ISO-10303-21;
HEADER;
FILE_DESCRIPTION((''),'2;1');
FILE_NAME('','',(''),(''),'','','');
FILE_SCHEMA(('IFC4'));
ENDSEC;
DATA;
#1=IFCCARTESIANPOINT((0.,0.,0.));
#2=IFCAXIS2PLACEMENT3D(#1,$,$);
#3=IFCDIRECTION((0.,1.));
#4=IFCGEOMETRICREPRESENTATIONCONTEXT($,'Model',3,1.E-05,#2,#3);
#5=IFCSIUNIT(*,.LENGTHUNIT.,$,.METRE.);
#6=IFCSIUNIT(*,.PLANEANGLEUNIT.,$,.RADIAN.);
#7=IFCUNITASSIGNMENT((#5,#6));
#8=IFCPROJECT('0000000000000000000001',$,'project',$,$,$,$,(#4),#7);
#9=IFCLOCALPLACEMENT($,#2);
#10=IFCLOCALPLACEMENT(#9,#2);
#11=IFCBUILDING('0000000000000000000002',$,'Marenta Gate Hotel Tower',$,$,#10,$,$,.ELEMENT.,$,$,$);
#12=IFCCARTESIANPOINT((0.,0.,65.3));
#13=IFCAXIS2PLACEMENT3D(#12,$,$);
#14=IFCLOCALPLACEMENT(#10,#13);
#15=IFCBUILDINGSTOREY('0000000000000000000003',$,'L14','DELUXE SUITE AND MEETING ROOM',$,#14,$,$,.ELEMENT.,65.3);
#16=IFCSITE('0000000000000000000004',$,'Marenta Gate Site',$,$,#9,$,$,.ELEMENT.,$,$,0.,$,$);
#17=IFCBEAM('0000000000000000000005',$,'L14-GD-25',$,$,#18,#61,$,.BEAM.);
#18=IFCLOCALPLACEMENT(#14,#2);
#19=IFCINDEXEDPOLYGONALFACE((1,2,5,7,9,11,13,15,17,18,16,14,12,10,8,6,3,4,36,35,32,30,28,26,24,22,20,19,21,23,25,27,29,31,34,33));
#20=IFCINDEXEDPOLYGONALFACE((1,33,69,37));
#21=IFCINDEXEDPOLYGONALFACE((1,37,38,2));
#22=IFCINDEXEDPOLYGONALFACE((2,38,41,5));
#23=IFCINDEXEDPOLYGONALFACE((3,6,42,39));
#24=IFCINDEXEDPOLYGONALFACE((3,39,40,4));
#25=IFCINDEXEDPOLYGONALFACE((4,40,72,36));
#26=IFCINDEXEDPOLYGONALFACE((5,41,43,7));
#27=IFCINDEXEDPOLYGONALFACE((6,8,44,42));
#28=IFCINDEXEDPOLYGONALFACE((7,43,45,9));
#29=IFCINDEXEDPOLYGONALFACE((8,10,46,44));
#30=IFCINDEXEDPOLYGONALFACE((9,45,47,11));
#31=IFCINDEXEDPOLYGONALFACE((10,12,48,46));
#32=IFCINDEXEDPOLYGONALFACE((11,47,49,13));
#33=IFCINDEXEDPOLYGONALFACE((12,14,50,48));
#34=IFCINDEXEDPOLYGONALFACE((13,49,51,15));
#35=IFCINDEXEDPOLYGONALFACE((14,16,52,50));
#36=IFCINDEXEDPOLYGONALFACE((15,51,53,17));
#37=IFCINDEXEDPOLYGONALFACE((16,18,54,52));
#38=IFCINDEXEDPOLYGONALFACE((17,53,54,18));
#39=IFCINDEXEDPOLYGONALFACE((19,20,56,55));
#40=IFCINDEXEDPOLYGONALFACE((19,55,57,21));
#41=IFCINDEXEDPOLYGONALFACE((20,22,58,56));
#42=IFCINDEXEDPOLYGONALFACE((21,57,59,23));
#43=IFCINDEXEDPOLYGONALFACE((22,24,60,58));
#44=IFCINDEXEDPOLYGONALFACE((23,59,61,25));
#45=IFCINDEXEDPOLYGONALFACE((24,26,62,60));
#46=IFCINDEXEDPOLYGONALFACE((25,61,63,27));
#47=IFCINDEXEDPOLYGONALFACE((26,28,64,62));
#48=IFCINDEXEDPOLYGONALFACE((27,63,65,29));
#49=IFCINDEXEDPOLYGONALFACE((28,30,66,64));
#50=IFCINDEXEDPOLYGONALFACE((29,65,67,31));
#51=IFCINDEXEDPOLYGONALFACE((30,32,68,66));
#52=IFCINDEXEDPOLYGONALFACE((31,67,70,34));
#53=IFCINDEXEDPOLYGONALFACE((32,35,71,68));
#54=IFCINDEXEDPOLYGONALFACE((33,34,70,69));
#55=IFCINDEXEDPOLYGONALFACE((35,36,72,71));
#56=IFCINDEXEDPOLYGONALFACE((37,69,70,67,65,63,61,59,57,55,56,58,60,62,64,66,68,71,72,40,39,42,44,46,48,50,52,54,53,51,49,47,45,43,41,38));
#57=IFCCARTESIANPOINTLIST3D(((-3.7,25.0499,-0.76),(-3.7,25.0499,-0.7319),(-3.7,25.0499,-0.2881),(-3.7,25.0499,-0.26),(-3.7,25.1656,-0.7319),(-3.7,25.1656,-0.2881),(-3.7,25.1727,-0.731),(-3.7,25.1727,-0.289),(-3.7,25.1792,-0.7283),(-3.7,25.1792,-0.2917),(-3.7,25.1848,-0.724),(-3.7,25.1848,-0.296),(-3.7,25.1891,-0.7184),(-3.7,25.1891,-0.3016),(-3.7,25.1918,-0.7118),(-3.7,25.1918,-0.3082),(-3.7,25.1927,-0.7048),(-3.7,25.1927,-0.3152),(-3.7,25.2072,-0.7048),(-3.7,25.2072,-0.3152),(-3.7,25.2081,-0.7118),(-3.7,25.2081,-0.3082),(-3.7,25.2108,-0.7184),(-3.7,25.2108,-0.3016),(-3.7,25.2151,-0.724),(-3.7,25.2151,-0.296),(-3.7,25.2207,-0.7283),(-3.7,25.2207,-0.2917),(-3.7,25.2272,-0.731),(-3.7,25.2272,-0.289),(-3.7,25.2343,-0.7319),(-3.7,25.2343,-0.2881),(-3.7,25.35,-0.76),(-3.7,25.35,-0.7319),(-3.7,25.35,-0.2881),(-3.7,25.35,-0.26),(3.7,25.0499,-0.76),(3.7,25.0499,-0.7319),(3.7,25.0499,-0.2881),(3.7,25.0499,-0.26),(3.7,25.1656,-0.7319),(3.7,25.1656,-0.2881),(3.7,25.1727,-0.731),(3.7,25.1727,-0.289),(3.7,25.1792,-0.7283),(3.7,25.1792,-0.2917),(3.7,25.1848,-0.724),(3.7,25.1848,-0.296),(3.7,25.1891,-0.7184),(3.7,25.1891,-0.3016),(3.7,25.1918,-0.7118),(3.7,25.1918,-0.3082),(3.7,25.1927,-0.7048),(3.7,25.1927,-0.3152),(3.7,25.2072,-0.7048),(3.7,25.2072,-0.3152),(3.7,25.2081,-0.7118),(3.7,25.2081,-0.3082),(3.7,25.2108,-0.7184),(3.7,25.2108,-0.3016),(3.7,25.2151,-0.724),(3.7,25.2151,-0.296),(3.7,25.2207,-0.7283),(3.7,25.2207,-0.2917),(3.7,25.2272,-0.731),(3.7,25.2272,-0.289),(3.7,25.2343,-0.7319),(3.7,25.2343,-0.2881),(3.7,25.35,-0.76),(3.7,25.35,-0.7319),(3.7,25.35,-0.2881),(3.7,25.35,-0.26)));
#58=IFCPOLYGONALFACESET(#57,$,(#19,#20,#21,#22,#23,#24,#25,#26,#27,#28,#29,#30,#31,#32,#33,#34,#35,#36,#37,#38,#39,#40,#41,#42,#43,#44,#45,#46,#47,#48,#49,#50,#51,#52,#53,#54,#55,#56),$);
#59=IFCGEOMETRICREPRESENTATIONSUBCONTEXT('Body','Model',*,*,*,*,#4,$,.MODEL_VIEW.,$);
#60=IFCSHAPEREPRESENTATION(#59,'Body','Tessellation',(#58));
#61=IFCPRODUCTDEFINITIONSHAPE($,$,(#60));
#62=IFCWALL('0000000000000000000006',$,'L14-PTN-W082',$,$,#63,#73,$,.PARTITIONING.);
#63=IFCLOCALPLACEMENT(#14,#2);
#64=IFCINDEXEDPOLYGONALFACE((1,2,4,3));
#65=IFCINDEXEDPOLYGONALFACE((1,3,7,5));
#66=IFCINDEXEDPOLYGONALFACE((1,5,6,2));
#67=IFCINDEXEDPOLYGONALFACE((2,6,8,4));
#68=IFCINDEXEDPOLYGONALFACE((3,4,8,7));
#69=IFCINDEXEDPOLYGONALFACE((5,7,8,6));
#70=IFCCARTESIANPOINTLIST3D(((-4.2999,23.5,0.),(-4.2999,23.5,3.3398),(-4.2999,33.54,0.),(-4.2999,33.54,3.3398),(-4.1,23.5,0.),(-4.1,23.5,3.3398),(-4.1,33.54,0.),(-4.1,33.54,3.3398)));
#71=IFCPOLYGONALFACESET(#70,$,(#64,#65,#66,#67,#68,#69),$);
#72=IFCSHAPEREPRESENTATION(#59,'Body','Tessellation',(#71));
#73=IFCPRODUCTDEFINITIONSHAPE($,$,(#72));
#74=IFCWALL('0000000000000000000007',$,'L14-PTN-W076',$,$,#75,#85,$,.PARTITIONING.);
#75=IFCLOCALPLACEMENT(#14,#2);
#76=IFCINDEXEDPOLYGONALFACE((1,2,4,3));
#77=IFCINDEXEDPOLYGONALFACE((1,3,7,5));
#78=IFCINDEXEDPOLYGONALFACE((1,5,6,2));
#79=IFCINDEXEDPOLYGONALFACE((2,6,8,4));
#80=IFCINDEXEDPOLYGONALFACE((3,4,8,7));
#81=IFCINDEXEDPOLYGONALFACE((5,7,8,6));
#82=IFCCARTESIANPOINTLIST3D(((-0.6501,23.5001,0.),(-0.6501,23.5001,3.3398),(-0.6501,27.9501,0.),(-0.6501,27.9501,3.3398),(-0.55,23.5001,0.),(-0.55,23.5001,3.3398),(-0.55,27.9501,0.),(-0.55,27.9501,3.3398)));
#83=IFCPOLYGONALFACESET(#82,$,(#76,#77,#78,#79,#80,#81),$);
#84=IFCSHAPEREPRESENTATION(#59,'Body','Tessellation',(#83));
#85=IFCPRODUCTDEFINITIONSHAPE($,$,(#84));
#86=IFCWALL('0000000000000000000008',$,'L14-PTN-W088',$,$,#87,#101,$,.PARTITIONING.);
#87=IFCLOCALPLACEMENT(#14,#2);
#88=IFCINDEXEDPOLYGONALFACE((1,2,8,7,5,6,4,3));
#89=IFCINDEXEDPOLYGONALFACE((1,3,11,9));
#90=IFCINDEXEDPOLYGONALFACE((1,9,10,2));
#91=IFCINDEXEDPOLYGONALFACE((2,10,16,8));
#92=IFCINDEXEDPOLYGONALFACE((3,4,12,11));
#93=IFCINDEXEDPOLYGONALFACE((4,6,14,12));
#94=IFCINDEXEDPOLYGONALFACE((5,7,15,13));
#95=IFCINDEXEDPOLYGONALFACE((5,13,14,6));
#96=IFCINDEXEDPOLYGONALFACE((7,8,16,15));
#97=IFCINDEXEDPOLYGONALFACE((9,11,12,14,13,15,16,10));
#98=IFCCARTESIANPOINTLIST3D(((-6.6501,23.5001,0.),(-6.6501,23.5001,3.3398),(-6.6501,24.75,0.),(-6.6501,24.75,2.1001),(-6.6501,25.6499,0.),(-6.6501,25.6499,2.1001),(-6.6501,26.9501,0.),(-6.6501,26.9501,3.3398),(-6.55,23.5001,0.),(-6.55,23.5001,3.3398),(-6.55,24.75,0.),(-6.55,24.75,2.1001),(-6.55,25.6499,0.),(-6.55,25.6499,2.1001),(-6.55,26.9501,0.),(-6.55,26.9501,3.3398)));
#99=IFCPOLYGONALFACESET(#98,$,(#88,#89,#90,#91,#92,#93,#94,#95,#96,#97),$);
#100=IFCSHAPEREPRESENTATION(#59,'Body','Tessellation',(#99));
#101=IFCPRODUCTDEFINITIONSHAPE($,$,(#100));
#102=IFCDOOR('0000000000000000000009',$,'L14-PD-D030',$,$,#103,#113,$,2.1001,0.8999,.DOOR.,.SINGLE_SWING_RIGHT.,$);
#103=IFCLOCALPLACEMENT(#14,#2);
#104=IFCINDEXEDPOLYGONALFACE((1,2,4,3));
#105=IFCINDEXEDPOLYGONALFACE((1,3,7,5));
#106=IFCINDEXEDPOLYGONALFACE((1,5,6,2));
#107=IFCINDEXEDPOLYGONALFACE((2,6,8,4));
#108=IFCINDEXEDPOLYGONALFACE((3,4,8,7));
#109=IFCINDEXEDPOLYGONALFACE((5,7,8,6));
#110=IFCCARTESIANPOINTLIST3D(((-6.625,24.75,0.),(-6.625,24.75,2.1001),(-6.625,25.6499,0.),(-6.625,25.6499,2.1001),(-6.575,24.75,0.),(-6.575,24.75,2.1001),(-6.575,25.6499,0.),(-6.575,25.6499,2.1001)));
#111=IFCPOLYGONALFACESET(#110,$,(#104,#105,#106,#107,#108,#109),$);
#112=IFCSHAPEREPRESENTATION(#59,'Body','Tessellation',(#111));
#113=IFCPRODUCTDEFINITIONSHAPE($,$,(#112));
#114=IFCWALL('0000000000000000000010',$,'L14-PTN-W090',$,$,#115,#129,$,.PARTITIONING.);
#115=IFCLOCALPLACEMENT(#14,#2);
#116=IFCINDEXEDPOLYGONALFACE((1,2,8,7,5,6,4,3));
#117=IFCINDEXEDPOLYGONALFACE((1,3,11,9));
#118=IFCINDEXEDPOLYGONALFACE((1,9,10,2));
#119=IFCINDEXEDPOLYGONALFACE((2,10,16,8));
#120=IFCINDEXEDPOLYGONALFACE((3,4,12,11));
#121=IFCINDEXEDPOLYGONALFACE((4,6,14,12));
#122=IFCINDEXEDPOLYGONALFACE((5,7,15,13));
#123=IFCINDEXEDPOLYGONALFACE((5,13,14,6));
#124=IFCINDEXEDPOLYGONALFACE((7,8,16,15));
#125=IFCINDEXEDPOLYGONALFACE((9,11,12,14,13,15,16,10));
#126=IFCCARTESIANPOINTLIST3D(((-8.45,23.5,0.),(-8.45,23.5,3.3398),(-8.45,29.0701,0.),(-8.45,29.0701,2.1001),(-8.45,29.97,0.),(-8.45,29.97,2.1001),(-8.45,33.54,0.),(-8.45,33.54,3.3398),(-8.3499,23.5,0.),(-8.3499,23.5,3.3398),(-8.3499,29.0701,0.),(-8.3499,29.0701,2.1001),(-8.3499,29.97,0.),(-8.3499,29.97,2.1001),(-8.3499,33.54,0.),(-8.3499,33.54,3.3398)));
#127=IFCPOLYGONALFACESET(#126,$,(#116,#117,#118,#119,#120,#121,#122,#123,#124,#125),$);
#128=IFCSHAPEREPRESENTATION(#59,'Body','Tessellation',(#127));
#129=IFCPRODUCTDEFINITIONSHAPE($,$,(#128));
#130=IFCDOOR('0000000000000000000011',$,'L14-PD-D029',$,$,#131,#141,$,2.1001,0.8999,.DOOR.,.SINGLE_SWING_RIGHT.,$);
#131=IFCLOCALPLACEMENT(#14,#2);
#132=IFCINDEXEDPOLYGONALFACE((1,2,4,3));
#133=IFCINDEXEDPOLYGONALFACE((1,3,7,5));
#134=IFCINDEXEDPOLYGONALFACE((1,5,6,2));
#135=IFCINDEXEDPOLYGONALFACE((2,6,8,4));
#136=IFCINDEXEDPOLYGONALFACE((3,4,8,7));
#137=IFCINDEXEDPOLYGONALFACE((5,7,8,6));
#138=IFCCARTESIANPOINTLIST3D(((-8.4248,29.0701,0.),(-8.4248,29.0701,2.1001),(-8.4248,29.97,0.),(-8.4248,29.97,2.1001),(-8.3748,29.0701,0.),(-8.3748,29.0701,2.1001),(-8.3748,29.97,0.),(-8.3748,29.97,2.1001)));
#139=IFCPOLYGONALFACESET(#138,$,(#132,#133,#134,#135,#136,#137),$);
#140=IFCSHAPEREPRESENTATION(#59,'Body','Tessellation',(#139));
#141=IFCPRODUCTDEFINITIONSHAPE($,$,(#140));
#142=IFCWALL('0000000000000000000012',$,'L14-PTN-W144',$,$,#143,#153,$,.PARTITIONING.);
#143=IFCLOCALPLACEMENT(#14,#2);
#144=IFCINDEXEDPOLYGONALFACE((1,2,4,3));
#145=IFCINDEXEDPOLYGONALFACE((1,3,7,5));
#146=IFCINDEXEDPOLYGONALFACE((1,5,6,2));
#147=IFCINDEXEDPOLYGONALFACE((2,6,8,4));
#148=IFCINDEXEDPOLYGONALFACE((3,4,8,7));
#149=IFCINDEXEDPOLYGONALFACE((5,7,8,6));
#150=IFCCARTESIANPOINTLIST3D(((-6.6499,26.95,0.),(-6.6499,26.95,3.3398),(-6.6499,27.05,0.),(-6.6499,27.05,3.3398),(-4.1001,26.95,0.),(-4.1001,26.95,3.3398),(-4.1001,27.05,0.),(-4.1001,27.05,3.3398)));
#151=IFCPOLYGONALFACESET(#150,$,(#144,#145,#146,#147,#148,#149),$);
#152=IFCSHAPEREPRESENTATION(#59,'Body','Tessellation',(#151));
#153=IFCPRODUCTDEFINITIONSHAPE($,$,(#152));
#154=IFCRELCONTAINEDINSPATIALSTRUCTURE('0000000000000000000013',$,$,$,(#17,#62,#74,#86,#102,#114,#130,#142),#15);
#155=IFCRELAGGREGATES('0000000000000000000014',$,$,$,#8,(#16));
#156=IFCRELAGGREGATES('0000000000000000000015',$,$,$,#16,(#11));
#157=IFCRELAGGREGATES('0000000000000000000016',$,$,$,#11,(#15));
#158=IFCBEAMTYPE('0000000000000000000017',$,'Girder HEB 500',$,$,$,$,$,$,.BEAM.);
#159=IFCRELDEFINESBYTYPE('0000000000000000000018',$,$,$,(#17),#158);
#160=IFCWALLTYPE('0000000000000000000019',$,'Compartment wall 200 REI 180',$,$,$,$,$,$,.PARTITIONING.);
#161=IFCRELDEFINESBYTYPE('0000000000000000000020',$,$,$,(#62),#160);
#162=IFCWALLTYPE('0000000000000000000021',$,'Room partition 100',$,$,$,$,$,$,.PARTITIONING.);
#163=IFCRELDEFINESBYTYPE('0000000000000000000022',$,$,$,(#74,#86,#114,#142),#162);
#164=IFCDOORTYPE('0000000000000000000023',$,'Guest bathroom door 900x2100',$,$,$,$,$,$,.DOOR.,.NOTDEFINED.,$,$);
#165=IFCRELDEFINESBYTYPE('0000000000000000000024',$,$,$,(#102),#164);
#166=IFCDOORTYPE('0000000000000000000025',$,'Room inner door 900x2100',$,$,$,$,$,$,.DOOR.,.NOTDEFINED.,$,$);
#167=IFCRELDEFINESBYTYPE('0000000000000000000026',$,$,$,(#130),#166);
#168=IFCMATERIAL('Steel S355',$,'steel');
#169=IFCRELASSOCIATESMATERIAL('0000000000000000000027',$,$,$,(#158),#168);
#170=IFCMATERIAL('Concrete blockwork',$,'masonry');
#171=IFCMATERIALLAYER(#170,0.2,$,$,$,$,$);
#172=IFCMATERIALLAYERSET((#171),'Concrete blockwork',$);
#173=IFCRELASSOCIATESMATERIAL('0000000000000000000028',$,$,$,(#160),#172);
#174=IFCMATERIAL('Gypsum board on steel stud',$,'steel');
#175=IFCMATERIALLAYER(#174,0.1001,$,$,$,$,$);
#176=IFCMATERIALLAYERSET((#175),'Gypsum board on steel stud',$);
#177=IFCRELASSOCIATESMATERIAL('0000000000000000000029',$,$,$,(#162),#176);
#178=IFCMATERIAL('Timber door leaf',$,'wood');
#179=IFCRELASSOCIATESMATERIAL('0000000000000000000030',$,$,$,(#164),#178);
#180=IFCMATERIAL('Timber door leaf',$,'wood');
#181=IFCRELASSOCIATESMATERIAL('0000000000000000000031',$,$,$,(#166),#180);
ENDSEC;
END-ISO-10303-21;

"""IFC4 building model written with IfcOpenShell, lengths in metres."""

from ifc_helpers import new_model, si_unit, direction, frame, frame_2d, origin, origin_2d, place, context, subcontext, project, spatial, rectangle, i_section, extrude, material, layer, layer_set, material_profile, profile_set, type_object, element, fill, save


model = new_model("IFC4")

# Units and contexts
model_context = context("Model", 3, precision=1e-05, world=origin(), true_north=direction((0.0, 1.0)))
body_context = subcontext(model_context, "Body", "Model", "MODEL_VIEW")
ifc_project = project(units=[si_unit("LENGTHUNIT", "METRE"), si_unit("PLANEANGLEUNIT", "RADIAN")], contexts=[model_context])

# Site, building, storey
site_placement = place(None, origin())
site = spatial("IfcSite", under=ifc_project, at=site_placement, Name="Marenta Gate Site", CompositionType="ELEMENT", RefElevation=0.0)
building_placement = place(site_placement, origin())
building = spatial("IfcBuilding", under=site, at=building_placement, Name="Marenta Gate Hotel Tower", CompositionType="ELEMENT")
storey_placement = place(building_placement, frame((0.0, 0.0, 65.3)))
storey = spatial("IfcBuildingStorey", under=building, at=storey_placement, Name="L14", Description="DELUXE SUITE AND MEETING ROOM", CompositionType="ELEMENT", Elevation=65.3)

# Beam
ifc_material_1 = material(Name="Steel S355", Category="steel")
ifc_material_profile_1 = material_profile(ifc_material_1, i_section(OverallWidth=0.3, OverallDepth=0.5, WebThickness=0.0144, FlangeThickness=0.0281, FilletRadius=0.0271, at=origin_2d()), Name="HEB 500")
ifc_profile_set_1 = profile_set([ifc_material_profile_1], Name="Steel S355")
beam_type_1 = type_object("IfcBeamType", Name="Girder HEB 500", PredefinedType="BEAM", material=ifc_profile_set_1)
beam_1_placement = place(storey_placement, frame((-3.7, 25.2, -0.51), z_axis=(1.0, 0.0, 0.0), x_axis=(0.0, 1.0, 0.0)))
element("IfcBeam", 1, at=beam_1_placement, inside=storey, type_object=beam_type_1, Name="L14-GD-25", PredefinedType="BEAM", context=body_context, shape_type="SweptSolid", body=[
    extrude(i_section(OverallWidth=0.3, OverallDepth=0.5, WebThickness=0.0144, FlangeThickness=0.0281, FilletRadius=0.0271, at=origin_2d()), origin(), (0.0, 0.0, 1.0), 7.3999),
])

# Walls
ifc_material_2 = material(Name="Concrete blockwork", Category="masonry")
ifc_layer_1 = layer(ifc_material_2, 0.2)
ifc_layer_set_1 = layer_set([ifc_layer_1], Name="Concrete blockwork")
wall_type_1 = type_object("IfcWallType", Name="Compartment wall 200 REI 180", PredefinedType="PARTITIONING", material=ifc_layer_set_1)
wall_1_placement = place(storey_placement, frame((-4.2, 23.5, 0.0), z_axis=(0.0, 0.0, 1.0), x_axis=(0.0, 1.0, 0.0)))
element("IfcWall", 2, at=wall_1_placement, inside=storey, type_object=wall_type_1, Name="L14-PTN-W082", PredefinedType="PARTITIONING", context=body_context, shape_type="SweptSolid", body=[
    extrude(rectangle(XDim=10.04, YDim=0.2, at=frame_2d((5.02, 0.0))), origin(), (0.0, 0.0, 1.0), 3.3398),
])
ifc_material_3 = material(Name="Gypsum board on steel stud", Category="steel")
ifc_layer_2 = layer(ifc_material_3, 0.1001)
ifc_layer_set_2 = layer_set([ifc_layer_2], Name="Gypsum board on steel stud")
wall_type_2 = type_object("IfcWallType", Name="Room partition 100", PredefinedType="PARTITIONING", material=ifc_layer_set_2)
wall_2_placement = place(storey_placement, frame((-0.6001, 23.5, 0.0), z_axis=(0.0, 0.0, 1.0), x_axis=(0.0, 1.0, 0.0)))
element("IfcWall", 3, at=wall_2_placement, inside=storey, type_object=wall_type_2, Name="L14-PTN-W076", PredefinedType="PARTITIONING", context=body_context, shape_type="SweptSolid", body=[
    extrude(rectangle(XDim=4.45, YDim=0.1001, at=frame_2d((2.2251, 0.0))), origin(), (0.0, 0.0, 1.0), 3.3398),
])

# Walls, openings, doors
wall_3_placement = place(storey_placement, frame((-6.6001, 23.5, 0.0), z_axis=(0.0, 0.0, 1.0), x_axis=(0.0, 1.0, 0.0)))
wall_3 = element("IfcWall", 4, at=wall_3_placement, inside=storey, type_object=wall_type_2, Name="L14-PTN-W088", PredefinedType="PARTITIONING", context=body_context, shape_type="SweptSolid", body=[
    extrude(rectangle(XDim=3.45, YDim=0.1001, at=frame_2d((1.7251, 0.0))), origin(), (0.0, 0.0, 1.0), 3.3398),
])
opening_1_placement = place(wall_3_placement, frame((1.25, 0.0, 0.0)))
opening_1 = element("IfcOpeningElement", 5, at=opening_1_placement, cuts=wall_3, PredefinedType="OPENING", context=body_context, shape_type="SweptSolid", body=[
    extrude(rectangle(XDim=0.8999, YDim=2.1001, at=frame_2d((0.45, 1.05))), frame((0.0, 0.05, 0.0), z_axis=(0.0, -1.0, 0.0), x_axis=(1.0, 0.0, 0.0)), (0.0, 0.0, 1.0), 0.1001),
])
ifc_material_4 = material(Name="Timber door leaf", Category="wood")
door_type_1 = type_object("IfcDoorType", Name="Guest bathroom door 900x2100", OperationType="NOTDEFINED", PredefinedType="DOOR", material=ifc_material_4)
door_1_placement = place(opening_1_placement, origin())
door_1 = element("IfcDoor", 6, at=door_1_placement, inside=storey, type_object=door_type_1, Name="L14-PD-D030", OperationType="SINGLE_SWING_RIGHT", OverallHeight=2.1001, OverallWidth=0.8999, PredefinedType="DOOR", context=body_context, shape_type="SweptSolid", body=[
    extrude(rectangle(XDim=0.8999, YDim=2.1001, at=frame_2d((0.45, 1.05))), frame((0.0, 0.0249, 0.0), z_axis=(0.0, -1.0, 0.0), x_axis=(1.0, 0.0, 0.0)), (0.0, 0.0, 1.0), 0.05),
])
fill(opening_1, door_1)
wall_4_placement = place(storey_placement, frame((-8.3999, 23.5, 0.0), z_axis=(0.0, 0.0, 1.0), x_axis=(0.0, 1.0, 0.0)))
wall_4 = element("IfcWall", 7, at=wall_4_placement, inside=storey, type_object=wall_type_2, Name="L14-PTN-W090", PredefinedType="PARTITIONING", context=body_context, shape_type="SweptSolid", body=[
    extrude(rectangle(XDim=10.04, YDim=0.1001, at=frame_2d((5.02, 0.0))), origin(), (0.0, 0.0, 1.0), 3.3398),
])
opening_2_placement = place(wall_4_placement, frame((5.5701, 0.0, 0.0)))
opening_2 = element("IfcOpeningElement", 8, at=opening_2_placement, cuts=wall_4, PredefinedType="OPENING", context=body_context, shape_type="SweptSolid", body=[
    extrude(rectangle(XDim=0.8999, YDim=2.1001, at=frame_2d((0.45, 1.05))), frame((0.0, 0.05, 0.0), z_axis=(0.0, -1.0, 0.0), x_axis=(1.0, 0.0, 0.0)), (0.0, 0.0, 1.0), 0.1001),
])
ifc_material_5 = material(Name="Timber door leaf", Category="wood")
door_type_2 = type_object("IfcDoorType", Name="Room inner door 900x2100", OperationType="NOTDEFINED", PredefinedType="DOOR", material=ifc_material_5)
door_2_placement = place(opening_2_placement, origin())
door_2 = element("IfcDoor", 9, at=door_2_placement, inside=storey, type_object=door_type_2, Name="L14-PD-D029", OperationType="SINGLE_SWING_RIGHT", OverallHeight=2.1001, OverallWidth=0.8999, PredefinedType="DOOR", context=body_context, shape_type="SweptSolid", body=[
    extrude(rectangle(XDim=0.8999, YDim=2.1001, at=frame_2d((0.45, 1.05))), frame((0.0, 0.0249, 0.0), z_axis=(0.0, -1.0, 0.0), x_axis=(1.0, 0.0, 0.0)), (0.0, 0.0, 1.0), 0.05),
])
fill(opening_2, door_2)

# Wall
wall_5_placement = place(storey_placement, frame((-6.6499, 27.0, 0.0), z_axis=(0.0, 0.0, 1.0), x_axis=(1.0, 0.0, 0.0)))
element("IfcWall", 10, at=wall_5_placement, inside=storey, type_object=wall_type_2, Name="L14-PTN-W144", PredefinedType="PARTITIONING", context=body_context, shape_type="SweptSolid", body=[
    extrude(rectangle(XDim=2.5498, YDim=0.1001, at=frame_2d((1.2749, 0.0))), origin(), (0.0, 0.0, 1.0), 3.3398),
])

save(model, "model.ifc")
